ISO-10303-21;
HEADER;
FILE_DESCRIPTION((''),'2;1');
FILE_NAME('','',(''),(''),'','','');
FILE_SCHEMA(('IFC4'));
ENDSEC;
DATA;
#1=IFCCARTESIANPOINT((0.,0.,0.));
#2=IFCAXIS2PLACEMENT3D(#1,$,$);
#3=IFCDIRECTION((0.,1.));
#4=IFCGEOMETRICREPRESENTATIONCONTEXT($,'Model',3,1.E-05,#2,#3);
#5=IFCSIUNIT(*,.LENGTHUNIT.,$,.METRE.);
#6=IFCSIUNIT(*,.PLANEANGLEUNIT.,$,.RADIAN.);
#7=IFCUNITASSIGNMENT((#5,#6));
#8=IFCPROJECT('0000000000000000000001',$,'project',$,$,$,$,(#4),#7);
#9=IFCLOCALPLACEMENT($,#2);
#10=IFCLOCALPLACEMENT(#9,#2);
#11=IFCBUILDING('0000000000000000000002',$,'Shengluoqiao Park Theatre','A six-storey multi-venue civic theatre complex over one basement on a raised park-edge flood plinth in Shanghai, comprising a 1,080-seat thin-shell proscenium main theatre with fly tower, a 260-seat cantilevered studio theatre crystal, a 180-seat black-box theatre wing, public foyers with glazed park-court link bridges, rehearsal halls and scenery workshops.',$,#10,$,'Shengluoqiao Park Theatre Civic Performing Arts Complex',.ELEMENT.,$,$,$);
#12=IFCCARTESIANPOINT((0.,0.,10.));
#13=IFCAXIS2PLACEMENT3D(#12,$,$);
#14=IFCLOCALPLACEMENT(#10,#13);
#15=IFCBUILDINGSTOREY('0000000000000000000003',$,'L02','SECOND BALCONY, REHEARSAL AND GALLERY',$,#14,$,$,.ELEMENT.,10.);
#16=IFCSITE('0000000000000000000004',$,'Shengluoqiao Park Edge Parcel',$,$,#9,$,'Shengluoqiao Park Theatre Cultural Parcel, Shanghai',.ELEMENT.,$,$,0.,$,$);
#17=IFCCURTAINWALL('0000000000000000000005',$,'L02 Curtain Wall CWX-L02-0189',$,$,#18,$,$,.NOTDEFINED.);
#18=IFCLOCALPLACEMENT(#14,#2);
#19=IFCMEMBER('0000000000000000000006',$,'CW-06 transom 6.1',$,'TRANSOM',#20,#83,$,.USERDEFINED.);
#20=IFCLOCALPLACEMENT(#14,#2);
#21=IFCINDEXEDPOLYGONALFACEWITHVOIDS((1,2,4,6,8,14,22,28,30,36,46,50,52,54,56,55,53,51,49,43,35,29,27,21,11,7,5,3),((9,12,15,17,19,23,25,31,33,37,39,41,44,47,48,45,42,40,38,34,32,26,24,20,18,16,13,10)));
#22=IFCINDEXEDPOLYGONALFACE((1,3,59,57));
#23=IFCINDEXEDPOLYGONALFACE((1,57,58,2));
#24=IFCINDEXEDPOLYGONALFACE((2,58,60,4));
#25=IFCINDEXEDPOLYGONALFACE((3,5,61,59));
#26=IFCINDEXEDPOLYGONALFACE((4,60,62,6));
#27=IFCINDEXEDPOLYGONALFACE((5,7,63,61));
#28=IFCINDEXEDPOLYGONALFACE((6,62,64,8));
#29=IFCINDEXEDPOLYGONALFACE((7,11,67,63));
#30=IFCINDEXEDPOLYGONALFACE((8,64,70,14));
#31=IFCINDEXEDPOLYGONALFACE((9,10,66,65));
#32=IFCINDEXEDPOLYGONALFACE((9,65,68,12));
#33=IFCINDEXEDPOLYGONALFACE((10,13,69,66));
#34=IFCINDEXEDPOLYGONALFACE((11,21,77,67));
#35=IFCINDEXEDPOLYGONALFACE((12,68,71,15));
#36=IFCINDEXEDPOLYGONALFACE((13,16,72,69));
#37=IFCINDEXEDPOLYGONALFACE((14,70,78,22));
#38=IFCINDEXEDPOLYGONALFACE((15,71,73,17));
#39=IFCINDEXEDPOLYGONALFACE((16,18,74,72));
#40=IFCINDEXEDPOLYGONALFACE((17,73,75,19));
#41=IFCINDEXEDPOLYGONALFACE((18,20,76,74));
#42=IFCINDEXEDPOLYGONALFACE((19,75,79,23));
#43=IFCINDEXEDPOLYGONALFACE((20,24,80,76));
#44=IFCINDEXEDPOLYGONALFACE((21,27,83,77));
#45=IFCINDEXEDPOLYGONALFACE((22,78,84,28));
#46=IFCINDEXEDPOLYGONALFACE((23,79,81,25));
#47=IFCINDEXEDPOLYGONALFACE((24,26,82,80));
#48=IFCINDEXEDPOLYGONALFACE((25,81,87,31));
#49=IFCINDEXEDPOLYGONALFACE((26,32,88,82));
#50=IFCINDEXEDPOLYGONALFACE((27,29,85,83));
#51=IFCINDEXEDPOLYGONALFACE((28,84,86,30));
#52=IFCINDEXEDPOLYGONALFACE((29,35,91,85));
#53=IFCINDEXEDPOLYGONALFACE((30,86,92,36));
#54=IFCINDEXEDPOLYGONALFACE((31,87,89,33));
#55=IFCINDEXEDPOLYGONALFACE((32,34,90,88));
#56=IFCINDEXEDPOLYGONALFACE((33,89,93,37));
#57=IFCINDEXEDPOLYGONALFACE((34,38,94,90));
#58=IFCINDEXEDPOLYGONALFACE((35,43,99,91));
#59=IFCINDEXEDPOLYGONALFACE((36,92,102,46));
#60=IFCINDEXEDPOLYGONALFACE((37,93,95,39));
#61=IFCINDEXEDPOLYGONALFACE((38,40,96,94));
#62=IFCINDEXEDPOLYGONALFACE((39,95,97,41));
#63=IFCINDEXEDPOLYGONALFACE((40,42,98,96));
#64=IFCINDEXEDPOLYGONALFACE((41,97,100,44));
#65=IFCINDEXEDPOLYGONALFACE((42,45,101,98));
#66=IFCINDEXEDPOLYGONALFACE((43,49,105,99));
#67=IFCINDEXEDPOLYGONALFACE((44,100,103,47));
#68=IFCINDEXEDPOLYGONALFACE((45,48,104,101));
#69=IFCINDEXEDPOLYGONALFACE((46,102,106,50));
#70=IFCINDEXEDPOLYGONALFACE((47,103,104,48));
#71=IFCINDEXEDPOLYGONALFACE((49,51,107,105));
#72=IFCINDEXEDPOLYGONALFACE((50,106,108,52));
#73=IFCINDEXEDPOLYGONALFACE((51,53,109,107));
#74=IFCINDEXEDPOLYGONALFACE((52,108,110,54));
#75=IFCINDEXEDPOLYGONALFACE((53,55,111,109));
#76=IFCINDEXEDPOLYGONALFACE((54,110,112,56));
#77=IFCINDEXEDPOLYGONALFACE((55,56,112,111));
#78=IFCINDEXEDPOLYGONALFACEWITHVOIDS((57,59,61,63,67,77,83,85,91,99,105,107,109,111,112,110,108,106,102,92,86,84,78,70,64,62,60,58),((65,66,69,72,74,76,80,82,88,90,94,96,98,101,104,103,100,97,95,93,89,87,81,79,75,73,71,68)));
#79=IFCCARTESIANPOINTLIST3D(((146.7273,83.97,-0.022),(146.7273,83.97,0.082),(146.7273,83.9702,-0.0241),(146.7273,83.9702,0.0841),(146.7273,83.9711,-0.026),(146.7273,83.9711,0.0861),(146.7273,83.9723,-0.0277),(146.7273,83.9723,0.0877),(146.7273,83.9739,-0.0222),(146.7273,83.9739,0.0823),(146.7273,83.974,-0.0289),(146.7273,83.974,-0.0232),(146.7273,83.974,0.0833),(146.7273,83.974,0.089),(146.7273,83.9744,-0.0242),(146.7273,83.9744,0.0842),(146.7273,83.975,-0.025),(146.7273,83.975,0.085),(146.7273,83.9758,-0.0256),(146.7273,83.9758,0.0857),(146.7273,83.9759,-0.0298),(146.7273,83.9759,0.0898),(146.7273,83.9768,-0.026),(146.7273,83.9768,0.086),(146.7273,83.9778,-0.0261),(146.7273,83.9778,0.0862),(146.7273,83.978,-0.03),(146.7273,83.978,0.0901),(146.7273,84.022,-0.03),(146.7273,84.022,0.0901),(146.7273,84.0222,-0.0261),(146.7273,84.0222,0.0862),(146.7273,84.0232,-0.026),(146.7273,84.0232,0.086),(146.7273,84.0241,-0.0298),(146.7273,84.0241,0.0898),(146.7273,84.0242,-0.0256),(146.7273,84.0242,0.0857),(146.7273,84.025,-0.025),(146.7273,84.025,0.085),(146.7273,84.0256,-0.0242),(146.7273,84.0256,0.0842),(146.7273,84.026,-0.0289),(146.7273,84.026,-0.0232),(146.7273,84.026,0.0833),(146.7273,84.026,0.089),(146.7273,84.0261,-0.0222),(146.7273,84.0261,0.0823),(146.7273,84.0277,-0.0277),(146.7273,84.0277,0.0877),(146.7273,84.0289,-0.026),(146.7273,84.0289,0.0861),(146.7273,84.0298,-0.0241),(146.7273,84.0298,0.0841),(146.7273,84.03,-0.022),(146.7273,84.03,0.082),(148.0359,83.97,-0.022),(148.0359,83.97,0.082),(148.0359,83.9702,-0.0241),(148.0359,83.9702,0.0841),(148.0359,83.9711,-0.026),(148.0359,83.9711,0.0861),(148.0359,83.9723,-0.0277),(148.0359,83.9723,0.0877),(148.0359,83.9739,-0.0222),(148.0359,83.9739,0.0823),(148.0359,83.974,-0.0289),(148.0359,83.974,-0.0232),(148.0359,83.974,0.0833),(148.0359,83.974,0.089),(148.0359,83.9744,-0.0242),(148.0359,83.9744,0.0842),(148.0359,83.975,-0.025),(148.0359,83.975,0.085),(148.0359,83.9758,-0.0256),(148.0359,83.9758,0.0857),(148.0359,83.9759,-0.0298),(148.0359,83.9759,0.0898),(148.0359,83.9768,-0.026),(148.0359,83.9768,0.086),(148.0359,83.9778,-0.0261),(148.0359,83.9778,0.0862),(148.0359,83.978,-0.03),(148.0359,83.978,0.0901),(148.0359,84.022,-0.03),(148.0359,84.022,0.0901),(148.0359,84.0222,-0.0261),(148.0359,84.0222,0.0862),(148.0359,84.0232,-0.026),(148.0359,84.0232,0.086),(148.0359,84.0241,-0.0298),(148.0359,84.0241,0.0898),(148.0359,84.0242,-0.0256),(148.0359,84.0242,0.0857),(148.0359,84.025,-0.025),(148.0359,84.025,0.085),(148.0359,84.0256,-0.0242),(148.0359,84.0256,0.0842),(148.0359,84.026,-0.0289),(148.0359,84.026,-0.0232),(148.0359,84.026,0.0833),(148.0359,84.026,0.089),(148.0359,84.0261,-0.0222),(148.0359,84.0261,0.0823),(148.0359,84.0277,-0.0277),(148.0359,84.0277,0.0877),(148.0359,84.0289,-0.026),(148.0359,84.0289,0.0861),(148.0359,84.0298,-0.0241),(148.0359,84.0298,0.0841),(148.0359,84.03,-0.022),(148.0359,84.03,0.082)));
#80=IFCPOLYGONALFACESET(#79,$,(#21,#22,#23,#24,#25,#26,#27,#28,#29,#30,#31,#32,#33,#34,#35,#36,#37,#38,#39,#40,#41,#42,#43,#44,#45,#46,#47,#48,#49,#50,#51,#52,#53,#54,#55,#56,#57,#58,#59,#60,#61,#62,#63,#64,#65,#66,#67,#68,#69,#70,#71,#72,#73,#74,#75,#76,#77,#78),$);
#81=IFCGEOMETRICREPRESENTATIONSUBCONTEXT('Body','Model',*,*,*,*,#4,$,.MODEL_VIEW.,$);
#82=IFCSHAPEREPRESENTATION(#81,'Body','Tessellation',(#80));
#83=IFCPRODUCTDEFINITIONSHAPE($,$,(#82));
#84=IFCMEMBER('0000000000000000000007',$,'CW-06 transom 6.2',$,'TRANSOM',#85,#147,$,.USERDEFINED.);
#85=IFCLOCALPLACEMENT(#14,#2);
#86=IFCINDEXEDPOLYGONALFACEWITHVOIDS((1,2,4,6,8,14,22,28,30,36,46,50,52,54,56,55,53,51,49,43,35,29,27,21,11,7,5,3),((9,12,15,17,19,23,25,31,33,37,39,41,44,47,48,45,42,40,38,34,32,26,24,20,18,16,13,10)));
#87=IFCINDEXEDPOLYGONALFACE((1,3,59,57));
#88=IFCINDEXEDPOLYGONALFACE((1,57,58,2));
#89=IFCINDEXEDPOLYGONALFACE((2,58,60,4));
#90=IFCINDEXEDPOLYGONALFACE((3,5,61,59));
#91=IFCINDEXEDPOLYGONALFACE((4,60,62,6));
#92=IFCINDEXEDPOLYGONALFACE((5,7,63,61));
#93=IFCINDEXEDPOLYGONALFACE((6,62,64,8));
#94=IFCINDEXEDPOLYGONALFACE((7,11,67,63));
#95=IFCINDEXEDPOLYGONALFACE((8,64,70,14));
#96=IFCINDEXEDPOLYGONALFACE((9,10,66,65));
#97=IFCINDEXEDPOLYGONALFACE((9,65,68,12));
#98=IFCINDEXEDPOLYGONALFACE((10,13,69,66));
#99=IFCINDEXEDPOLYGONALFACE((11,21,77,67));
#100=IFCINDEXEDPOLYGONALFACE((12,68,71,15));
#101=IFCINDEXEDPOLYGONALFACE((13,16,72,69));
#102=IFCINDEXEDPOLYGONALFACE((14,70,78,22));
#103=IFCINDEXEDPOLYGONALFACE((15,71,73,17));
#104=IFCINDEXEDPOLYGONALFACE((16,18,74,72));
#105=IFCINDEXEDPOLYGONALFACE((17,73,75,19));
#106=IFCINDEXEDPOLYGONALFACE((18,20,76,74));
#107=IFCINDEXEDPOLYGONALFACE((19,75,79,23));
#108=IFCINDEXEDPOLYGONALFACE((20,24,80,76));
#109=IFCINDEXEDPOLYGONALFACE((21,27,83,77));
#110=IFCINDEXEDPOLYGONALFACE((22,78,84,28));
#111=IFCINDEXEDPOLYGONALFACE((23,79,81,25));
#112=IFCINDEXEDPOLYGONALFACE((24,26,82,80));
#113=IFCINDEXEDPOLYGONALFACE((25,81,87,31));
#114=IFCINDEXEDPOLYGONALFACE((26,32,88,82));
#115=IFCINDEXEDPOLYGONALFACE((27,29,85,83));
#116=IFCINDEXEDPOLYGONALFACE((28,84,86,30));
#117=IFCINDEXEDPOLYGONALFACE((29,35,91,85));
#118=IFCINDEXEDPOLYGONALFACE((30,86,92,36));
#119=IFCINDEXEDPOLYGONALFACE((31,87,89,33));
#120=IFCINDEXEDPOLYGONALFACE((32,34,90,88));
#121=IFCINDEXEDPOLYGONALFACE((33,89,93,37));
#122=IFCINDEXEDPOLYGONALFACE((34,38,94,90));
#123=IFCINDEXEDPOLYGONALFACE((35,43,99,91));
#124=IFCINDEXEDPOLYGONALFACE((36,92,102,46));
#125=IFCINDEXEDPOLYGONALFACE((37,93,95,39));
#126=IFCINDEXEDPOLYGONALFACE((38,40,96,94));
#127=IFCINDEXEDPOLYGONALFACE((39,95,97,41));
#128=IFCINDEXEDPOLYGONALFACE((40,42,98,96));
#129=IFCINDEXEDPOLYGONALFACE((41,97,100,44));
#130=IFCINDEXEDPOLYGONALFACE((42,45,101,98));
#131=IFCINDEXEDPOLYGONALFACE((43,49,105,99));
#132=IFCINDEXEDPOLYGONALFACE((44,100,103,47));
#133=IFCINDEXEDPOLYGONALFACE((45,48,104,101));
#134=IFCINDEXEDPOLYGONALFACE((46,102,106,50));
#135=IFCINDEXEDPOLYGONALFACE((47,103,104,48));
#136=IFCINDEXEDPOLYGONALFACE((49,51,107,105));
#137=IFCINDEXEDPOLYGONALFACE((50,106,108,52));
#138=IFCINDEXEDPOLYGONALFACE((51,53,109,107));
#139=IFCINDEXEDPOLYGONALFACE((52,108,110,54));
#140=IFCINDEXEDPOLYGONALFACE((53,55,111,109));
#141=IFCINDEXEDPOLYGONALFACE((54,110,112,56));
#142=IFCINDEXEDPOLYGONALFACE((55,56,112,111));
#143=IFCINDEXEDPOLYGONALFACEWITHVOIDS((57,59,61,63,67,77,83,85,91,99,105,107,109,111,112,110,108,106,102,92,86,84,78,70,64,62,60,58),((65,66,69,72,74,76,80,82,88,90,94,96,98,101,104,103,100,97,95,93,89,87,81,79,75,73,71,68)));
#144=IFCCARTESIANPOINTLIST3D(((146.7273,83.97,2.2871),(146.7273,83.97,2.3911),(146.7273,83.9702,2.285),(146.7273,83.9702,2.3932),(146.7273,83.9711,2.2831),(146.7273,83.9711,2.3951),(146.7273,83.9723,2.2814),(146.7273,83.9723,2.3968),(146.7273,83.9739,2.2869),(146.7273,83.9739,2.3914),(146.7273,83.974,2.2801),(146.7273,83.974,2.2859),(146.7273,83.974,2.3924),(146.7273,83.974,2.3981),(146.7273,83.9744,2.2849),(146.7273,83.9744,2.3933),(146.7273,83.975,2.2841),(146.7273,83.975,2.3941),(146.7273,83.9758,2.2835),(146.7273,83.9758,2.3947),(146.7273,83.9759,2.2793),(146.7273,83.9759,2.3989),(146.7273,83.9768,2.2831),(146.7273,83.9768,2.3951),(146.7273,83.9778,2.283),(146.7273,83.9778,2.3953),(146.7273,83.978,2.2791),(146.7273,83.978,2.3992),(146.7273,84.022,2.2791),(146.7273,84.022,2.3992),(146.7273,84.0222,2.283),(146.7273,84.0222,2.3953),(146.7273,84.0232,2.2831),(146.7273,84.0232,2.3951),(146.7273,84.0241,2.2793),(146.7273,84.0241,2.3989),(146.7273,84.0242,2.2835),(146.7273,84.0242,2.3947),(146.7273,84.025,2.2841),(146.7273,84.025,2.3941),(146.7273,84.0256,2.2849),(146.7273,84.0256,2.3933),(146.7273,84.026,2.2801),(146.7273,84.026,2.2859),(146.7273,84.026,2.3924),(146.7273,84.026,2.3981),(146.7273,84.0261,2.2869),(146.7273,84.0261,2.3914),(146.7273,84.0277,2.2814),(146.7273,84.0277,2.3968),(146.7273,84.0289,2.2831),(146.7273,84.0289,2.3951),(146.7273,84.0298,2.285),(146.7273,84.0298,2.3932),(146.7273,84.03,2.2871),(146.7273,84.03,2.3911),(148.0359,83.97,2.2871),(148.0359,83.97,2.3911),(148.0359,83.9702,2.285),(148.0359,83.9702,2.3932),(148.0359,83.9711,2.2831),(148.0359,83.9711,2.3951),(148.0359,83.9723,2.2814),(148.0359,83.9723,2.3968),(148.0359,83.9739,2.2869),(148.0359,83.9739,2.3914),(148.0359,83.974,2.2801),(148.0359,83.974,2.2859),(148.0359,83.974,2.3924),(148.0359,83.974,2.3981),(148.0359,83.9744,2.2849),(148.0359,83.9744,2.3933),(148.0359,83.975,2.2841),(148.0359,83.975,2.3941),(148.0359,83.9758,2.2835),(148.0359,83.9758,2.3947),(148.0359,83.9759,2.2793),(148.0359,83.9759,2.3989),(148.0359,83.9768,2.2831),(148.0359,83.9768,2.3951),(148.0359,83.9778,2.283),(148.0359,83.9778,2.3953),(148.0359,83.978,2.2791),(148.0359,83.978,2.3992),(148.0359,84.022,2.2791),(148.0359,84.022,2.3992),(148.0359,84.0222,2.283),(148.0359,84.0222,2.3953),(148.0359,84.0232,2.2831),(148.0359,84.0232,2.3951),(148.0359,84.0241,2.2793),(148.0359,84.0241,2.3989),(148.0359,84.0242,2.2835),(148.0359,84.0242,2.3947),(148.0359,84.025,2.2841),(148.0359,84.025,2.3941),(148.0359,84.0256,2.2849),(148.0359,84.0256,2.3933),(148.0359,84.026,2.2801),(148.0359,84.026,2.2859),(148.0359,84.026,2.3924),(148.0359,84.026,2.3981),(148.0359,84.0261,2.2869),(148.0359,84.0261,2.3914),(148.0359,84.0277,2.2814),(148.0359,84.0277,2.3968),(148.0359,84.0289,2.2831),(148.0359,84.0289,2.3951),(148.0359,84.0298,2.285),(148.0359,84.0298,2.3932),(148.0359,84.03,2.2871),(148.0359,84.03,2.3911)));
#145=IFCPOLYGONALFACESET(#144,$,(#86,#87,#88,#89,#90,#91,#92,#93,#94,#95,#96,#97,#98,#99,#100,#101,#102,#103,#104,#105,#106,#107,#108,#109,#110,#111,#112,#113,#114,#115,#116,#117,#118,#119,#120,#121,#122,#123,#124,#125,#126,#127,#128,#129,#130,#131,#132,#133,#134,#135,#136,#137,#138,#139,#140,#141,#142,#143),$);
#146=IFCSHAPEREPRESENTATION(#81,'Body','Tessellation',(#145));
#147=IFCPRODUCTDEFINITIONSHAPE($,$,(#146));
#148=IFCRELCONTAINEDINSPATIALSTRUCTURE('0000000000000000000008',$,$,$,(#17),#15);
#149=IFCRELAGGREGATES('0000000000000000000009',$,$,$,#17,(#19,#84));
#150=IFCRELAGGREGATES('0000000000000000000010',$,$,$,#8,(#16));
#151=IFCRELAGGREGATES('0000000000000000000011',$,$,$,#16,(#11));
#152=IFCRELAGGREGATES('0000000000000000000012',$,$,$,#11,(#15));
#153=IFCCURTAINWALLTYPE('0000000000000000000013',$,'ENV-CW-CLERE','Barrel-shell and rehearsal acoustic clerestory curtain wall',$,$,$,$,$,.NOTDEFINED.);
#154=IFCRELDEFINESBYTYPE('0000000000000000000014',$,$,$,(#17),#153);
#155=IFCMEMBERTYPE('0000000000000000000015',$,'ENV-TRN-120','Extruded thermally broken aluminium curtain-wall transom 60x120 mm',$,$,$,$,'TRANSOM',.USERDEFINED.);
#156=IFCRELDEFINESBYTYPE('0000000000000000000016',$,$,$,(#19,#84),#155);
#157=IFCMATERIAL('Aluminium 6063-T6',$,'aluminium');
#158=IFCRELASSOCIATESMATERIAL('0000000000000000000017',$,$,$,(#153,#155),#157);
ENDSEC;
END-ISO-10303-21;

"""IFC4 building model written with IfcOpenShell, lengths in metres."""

from ifc_helpers import new_model, si_unit, direction, frame, origin, origin_2d, place, context, subcontext, project, spatial, hollow_rectangle, extrude, material, material_profile, profile_set, type_object, element, aggregate, save


model = new_model("IFC4")

# Units and contexts
model_context = context("Model", 3, precision=1e-05, world=origin(), true_north=direction((0.0, 1.0)))
body_context = subcontext(model_context, "Body", "Model", "MODEL_VIEW")
ifc_project = project(units=[si_unit("LENGTHUNIT", "METRE"), si_unit("PLANEANGLEUNIT", "RADIAN")], contexts=[model_context])

# Site, building, storey
site_placement = place(None, origin())
site = spatial("IfcSite", under=ifc_project, at=site_placement, Name="Shengluoqiao Park Edge Parcel", LongName="Shengluoqiao Park Theatre Cultural Parcel, Shanghai", CompositionType="ELEMENT", RefElevation=0.0)
building_placement = place(site_placement, origin())
building = spatial("IfcBuilding", under=site, at=building_placement, Name="Shengluoqiao Park Theatre", Description="A six-storey multi-venue civic theatre complex over one basement on a raised park-edge flood plinth in Shanghai, comprising a 1,080-seat thin-shell proscenium main theatre with fly tower, a 260-seat cantilevered studio theatre crystal, a 180-seat black-box theatre wing, public foyers with glazed park-court link bridges, rehearsal halls and scenery workshops.", LongName="Shengluoqiao Park Theatre Civic Performing Arts Complex", CompositionType="ELEMENT")
storey_placement = place(building_placement, frame((0.0, 0.0, 10.0)))
storey = spatial("IfcBuildingStorey", under=building, at=storey_placement, Name="L02", Description="SECOND BALCONY, REHEARSAL AND GALLERY", CompositionType="ELEMENT", Elevation=10.0)

# Curtain wall, members
ifc_material_1 = material(Name="Aluminium 6063-T6", Category="aluminium")
curtain_wall_type = type_object("IfcCurtainWallType", Name="ENV-CW-CLERE", Description="Barrel-shell and rehearsal acoustic clerestory curtain wall", PredefinedType="NOTDEFINED", material=ifc_material_1)
curtain_wall_placement = place(storey_placement, origin())
curtain_wall = element("IfcCurtainWall", 1, at=curtain_wall_placement, inside=storey, type_object=curtain_wall_type, Name="L02 Curtain Wall CWX-L02-0189", PredefinedType="NOTDEFINED")
ifc_material_profile_1 = material_profile(ifc_material_1, hollow_rectangle(XDim=0.0601, YDim=0.1201, WallThickness=0.0039, InnerFilletRadius=0.0039, OuterFilletRadius=0.0081, at=origin_2d()), Name="ALU TRANSOM 120x60x4")
ifc_profile_set_1 = profile_set([ifc_material_profile_1], Name="Aluminium 6063-T6")
member_type_1 = type_object("IfcMemberType", Name="ENV-TRN-120", Description="Extruded thermally broken aluminium curtain-wall transom 60x120 mm", ElementType="TRANSOM", PredefinedType="USERDEFINED", material=ifc_profile_set_1)
member_1_placement = place(storey_placement, frame((146.7273, 84.0, 0.03), z_axis=(1.0, 0.0, 0.0), x_axis=(0.0, 1.0, 0.0)))
member_1 = element("IfcMember", 2, at=member_1_placement, type_object=member_type_1, Name="CW-06 transom 6.1", ObjectType="TRANSOM", PredefinedType="USERDEFINED", context=body_context, shape_type="SweptSolid", body=[
    extrude(hollow_rectangle(XDim=0.0601, YDim=0.1201, WallThickness=0.0039, InnerFilletRadius=0.0039, OuterFilletRadius=0.0081, at=origin_2d()), origin(), (0.0, 0.0, 1.0), 1.3086),
])
member_2_placement = place(storey_placement, frame((146.7273, 84.0, 2.3391), z_axis=(1.0, 0.0, 0.0), x_axis=(0.0, 1.0, 0.0)))
member_2 = element("IfcMember", 3, at=member_2_placement, type_object=member_type_1, Name="CW-06 transom 6.2", ObjectType="TRANSOM", PredefinedType="USERDEFINED", context=body_context, shape_type="SweptSolid", body=[
    extrude(hollow_rectangle(XDim=0.0601, YDim=0.1201, WallThickness=0.0039, InnerFilletRadius=0.0039, OuterFilletRadius=0.0081, at=origin_2d()), origin(), (0.0, 0.0, 1.0), 1.3086),
])

aggregate(curtain_wall, [member_1, member_2])

save(model, "model.ifc")
